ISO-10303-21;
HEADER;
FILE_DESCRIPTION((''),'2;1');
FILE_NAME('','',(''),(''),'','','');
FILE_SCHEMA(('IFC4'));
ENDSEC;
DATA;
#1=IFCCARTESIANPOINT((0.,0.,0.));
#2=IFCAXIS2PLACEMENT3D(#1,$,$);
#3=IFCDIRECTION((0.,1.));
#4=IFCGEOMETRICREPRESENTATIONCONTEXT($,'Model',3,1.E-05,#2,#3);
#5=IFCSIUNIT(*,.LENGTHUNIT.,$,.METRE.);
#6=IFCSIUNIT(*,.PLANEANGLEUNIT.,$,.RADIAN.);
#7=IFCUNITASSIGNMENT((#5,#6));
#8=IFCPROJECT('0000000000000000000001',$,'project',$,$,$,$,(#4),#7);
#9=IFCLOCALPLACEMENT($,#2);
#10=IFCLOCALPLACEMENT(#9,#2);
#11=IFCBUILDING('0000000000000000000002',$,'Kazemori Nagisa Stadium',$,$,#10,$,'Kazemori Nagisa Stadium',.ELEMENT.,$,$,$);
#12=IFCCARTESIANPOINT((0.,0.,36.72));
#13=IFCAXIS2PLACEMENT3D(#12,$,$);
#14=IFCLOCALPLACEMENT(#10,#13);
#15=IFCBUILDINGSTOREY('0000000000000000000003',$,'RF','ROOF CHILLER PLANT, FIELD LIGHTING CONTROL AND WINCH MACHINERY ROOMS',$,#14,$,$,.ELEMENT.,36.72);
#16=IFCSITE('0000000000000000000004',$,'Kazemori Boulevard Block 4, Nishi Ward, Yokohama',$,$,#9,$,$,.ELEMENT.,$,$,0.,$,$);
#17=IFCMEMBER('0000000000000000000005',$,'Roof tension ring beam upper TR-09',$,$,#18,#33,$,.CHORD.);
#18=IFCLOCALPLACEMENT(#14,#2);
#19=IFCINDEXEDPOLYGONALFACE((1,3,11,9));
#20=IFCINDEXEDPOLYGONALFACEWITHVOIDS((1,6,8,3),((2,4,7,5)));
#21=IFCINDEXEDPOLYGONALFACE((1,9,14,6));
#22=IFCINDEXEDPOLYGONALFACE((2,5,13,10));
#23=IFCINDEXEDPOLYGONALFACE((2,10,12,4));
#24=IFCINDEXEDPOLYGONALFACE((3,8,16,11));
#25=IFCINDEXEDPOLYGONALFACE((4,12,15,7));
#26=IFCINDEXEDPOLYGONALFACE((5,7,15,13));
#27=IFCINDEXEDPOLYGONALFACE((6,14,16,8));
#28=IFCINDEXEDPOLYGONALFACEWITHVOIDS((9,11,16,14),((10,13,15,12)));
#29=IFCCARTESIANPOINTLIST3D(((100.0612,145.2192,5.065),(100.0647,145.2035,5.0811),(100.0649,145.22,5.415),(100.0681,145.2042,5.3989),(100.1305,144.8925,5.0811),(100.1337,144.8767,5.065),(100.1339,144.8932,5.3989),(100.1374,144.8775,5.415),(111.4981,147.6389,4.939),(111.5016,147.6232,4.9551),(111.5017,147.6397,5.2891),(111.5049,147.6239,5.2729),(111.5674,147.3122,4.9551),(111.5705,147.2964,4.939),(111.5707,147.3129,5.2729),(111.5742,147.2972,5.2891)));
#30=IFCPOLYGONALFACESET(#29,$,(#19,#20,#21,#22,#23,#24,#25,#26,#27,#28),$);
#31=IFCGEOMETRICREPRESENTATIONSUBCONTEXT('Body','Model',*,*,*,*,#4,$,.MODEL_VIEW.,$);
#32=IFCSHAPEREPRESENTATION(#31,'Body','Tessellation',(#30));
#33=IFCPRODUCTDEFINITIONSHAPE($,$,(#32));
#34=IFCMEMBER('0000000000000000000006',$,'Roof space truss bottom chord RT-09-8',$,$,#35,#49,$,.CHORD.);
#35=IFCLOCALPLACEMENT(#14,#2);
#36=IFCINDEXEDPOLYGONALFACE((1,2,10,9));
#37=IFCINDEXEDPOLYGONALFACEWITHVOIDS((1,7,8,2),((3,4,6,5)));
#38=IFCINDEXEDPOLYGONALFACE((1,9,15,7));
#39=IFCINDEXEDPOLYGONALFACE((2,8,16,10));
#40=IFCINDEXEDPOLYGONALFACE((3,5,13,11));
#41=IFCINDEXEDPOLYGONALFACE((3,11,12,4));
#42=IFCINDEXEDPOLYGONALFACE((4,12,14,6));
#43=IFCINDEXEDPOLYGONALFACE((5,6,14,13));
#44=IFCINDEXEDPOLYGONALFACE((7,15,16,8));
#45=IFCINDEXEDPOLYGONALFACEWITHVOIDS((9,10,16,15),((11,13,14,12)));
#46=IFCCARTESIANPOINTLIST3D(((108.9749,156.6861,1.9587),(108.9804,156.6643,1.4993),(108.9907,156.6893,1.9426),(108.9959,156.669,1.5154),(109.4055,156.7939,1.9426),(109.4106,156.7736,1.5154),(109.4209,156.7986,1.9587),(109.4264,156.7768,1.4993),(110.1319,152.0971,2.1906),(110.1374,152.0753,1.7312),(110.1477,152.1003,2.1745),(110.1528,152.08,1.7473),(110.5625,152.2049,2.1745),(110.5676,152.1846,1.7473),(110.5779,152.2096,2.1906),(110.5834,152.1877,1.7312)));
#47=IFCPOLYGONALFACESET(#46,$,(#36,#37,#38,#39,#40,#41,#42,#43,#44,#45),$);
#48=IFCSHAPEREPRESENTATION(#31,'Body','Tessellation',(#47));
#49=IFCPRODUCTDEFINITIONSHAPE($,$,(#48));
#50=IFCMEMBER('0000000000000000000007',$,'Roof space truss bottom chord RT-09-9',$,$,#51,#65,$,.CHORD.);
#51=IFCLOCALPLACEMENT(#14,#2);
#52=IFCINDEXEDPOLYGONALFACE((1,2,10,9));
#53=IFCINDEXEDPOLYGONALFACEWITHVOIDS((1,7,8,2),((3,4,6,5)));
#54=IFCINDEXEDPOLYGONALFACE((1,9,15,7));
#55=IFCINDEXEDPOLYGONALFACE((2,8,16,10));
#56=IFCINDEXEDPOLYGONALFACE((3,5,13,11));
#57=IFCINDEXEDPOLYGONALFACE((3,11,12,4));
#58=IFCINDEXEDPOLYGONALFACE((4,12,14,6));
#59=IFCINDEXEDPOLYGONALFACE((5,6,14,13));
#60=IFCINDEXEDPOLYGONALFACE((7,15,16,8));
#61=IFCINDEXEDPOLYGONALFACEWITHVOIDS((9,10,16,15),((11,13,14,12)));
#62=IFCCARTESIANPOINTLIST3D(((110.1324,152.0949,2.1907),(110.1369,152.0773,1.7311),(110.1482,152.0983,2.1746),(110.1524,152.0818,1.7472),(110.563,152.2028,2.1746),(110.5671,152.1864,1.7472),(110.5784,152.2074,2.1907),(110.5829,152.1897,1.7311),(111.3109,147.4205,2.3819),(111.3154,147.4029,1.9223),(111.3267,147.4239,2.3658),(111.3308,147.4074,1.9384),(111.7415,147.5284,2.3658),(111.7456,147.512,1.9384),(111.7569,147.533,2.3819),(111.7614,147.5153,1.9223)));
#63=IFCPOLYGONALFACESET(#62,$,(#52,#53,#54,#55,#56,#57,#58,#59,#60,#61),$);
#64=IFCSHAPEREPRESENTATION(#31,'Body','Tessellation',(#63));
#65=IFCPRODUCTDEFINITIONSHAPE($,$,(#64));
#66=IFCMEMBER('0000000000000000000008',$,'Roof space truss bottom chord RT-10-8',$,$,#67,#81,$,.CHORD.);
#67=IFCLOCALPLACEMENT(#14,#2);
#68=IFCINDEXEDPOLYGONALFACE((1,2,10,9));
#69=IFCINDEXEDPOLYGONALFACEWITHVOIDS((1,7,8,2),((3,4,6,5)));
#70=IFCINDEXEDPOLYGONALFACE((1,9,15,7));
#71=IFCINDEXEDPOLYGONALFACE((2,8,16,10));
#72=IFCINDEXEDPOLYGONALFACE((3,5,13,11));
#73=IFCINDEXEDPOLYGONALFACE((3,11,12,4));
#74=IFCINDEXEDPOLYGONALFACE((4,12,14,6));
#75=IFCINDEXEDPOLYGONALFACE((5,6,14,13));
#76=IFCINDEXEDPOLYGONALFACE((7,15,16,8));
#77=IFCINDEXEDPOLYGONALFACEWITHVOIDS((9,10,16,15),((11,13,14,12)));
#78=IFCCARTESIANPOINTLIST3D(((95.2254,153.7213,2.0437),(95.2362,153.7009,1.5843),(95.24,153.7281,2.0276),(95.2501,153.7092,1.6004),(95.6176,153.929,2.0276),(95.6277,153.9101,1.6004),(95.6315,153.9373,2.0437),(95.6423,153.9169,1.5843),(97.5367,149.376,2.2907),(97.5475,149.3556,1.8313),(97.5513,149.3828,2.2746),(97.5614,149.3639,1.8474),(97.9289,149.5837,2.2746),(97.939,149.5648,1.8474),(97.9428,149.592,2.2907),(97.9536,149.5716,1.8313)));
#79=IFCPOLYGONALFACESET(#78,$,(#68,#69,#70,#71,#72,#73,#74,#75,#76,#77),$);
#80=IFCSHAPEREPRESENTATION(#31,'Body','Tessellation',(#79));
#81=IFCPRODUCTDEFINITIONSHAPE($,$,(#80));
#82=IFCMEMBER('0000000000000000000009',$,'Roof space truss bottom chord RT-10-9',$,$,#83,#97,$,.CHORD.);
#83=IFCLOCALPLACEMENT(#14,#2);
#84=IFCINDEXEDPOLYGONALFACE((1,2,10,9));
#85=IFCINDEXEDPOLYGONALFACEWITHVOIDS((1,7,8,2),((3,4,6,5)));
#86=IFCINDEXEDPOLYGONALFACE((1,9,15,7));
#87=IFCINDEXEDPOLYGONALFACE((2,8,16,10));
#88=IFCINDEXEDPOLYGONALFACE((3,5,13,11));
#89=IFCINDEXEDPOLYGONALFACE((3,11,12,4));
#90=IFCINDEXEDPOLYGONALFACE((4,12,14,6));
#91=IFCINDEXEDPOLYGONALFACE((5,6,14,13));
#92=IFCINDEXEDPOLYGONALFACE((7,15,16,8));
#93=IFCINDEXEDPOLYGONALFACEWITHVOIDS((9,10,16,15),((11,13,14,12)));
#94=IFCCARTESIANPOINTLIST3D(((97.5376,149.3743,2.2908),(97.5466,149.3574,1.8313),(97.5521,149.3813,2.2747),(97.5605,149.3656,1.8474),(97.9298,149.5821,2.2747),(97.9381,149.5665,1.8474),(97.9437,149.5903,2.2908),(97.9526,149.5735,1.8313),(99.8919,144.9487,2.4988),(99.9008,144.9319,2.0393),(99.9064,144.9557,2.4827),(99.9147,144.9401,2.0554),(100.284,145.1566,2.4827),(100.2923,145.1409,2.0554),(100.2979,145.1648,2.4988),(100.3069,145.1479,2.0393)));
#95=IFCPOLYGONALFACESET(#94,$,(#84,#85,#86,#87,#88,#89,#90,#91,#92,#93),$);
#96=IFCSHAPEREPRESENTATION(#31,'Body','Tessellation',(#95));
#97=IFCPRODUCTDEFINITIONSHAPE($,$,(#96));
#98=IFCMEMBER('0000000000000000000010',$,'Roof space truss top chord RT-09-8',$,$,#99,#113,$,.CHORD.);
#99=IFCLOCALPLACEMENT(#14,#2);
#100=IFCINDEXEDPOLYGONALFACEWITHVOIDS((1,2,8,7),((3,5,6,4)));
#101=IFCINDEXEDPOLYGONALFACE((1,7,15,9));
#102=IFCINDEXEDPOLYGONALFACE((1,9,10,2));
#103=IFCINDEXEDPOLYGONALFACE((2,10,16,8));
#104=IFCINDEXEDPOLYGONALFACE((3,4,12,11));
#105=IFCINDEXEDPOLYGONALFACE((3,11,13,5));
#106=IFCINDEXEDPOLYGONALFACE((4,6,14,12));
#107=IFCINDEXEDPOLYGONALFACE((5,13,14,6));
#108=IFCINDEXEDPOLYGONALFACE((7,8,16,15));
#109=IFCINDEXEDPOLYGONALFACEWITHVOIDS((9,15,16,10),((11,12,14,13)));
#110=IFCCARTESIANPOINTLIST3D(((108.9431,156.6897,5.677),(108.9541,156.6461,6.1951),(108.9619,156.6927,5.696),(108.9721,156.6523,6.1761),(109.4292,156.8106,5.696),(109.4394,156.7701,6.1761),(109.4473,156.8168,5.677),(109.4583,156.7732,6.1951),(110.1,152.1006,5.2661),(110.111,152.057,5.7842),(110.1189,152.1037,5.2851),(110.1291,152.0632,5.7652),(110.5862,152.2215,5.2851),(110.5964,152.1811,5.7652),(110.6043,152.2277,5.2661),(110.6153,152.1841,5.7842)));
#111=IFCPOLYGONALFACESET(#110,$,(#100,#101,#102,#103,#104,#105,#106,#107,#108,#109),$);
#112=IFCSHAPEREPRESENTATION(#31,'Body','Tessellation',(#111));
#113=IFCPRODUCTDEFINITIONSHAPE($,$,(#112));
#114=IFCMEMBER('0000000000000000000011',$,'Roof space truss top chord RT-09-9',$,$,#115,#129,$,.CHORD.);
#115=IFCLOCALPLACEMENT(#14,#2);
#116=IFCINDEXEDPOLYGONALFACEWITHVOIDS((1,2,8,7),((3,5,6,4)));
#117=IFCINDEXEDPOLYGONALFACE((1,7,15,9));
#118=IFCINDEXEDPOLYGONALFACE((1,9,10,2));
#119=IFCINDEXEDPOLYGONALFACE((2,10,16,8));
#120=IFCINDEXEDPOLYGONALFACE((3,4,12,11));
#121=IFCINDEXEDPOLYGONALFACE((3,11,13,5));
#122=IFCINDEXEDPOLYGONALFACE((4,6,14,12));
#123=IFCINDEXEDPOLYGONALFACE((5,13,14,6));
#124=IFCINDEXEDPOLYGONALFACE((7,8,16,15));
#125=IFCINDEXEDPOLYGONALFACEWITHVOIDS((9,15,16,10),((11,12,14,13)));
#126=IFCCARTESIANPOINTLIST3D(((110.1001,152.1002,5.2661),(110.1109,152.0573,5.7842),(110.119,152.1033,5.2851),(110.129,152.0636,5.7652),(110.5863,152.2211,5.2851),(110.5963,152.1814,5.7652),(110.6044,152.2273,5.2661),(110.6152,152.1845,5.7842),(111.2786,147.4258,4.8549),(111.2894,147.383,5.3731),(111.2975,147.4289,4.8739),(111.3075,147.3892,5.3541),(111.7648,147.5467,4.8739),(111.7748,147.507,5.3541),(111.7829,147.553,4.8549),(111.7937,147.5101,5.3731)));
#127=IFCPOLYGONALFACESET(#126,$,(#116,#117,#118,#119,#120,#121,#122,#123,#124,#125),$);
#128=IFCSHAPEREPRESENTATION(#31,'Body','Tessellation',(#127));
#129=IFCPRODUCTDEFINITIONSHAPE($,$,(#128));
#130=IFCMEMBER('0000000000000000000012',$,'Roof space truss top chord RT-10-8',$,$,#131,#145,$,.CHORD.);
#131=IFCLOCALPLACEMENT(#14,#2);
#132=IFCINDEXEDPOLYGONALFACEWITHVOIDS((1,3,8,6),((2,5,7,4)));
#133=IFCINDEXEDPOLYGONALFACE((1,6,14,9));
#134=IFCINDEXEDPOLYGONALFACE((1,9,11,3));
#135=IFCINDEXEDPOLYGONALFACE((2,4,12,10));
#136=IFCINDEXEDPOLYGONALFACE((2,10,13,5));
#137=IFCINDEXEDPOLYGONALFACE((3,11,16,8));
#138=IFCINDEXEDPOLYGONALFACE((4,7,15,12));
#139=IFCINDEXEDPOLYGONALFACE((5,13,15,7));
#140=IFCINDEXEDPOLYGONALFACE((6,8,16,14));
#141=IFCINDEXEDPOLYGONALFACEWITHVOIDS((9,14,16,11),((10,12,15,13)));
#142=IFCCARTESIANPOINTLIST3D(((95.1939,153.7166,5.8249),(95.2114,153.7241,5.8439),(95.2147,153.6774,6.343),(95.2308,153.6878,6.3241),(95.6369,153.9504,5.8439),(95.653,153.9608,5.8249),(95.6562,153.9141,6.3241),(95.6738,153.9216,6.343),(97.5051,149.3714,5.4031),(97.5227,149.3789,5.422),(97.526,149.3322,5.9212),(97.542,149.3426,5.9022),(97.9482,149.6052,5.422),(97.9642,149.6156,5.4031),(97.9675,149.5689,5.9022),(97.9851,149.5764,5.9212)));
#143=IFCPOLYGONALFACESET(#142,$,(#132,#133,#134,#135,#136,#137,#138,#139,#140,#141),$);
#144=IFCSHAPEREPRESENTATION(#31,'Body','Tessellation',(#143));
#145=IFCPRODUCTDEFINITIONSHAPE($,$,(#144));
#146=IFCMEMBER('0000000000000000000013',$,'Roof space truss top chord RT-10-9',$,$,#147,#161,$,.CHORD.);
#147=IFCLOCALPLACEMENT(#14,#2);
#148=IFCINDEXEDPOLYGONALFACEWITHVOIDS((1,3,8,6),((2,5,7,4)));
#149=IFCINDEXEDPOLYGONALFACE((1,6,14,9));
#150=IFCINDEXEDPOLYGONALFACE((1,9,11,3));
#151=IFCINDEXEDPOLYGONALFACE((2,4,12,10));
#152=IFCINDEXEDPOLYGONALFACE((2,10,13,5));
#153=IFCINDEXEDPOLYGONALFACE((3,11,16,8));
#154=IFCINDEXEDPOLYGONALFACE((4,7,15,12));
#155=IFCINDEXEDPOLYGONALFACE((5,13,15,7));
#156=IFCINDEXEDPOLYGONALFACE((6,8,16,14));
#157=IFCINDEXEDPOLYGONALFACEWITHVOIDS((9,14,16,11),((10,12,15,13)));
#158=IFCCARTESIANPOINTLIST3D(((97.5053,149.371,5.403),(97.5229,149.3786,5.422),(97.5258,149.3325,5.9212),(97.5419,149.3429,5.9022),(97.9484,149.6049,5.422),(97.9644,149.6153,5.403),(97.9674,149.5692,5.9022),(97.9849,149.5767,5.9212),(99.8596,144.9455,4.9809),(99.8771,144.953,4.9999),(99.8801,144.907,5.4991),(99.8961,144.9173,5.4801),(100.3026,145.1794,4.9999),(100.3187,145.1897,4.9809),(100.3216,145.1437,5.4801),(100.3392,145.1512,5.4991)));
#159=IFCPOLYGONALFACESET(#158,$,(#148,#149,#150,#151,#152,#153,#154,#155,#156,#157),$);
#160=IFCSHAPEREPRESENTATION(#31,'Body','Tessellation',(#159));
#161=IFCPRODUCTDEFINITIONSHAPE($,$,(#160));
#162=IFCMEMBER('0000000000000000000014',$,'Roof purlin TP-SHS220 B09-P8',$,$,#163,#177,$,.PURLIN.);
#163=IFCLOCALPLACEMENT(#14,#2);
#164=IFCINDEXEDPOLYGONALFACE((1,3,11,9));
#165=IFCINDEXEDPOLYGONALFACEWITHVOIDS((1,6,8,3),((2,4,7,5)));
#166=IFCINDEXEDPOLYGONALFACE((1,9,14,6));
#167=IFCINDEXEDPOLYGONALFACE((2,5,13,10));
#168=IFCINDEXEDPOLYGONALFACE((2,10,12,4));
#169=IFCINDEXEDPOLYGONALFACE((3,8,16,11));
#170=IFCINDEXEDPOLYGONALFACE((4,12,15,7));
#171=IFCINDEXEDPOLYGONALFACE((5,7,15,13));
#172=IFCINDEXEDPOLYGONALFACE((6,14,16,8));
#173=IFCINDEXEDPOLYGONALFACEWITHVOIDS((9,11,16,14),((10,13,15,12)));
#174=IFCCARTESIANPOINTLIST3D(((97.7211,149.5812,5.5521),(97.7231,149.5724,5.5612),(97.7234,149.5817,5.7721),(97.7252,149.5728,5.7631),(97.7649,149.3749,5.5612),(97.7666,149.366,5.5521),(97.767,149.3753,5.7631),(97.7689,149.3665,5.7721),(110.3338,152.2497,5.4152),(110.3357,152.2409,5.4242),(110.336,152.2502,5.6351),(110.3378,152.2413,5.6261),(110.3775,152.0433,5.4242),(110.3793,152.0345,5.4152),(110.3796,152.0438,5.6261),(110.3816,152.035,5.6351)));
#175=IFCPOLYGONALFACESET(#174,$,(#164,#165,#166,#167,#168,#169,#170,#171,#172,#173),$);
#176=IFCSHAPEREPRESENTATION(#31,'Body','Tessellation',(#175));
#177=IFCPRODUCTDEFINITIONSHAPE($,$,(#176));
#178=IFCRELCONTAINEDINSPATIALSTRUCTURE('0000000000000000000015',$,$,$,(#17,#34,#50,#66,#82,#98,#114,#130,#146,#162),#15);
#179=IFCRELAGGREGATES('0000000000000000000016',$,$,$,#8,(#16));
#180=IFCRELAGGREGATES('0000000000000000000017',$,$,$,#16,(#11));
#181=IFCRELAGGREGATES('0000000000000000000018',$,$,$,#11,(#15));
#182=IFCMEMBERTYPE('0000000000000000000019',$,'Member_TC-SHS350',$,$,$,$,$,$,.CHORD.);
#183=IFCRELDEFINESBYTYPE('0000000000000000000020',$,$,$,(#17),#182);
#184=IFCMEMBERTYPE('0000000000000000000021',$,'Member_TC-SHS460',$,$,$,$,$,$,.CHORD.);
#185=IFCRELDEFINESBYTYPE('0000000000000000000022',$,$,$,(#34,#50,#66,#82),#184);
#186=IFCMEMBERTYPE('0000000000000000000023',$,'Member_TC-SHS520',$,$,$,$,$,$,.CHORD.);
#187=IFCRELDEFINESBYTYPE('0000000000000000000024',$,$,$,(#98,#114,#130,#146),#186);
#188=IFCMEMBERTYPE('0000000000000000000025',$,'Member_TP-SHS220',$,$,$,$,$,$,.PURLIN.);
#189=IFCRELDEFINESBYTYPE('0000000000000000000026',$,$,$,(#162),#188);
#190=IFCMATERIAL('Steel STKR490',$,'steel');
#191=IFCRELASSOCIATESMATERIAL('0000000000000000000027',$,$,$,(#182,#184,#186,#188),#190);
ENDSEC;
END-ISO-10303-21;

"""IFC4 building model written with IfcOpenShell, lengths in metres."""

from ifc_helpers import new_model, si_unit, direction, frame, origin, origin_2d, place, context, subcontext, project, spatial, hollow_rectangle, extrude, material, material_profile, profile_set, type_object, element, save


model = new_model("IFC4")

# Units and contexts
model_context = context("Model", 3, precision=1e-05, world=origin(), true_north=direction((0.0, 1.0)))
body_context = subcontext(model_context, "Body", "Model", "MODEL_VIEW")
ifc_project = project(units=[si_unit("LENGTHUNIT", "METRE"), si_unit("PLANEANGLEUNIT", "RADIAN")], contexts=[model_context])

# Site, building, storey
site_placement = place(None, origin())
site = spatial("IfcSite", under=ifc_project, at=site_placement, Name="Kazemori Boulevard Block 4, Nishi Ward, Yokohama", CompositionType="ELEMENT", RefElevation=0.0)
building_placement = place(site_placement, origin())
building = spatial("IfcBuilding", under=site, at=building_placement, Name="Kazemori Nagisa Stadium", LongName="Kazemori Nagisa Stadium", CompositionType="ELEMENT")
storey_placement = place(building_placement, frame((0.0, 0.0, 36.72)))
storey = spatial("IfcBuildingStorey", under=building, at=storey_placement, Name="RF", Description="ROOF CHILLER PLANT, FIELD LIGHTING CONTROL AND WINCH MACHINERY ROOMS", CompositionType="ELEMENT", Elevation=36.72)

# Members
ifc_material = material(Name="Steel STKR490", Category="steel")
ifc_material_profile_1 = material_profile(ifc_material, hollow_rectangle(XDim=0.3501, YDim=0.3501, WallThickness=0.0161, at=origin_2d()), Name="SHS-350x350x16")
ifc_profile_set_1 = profile_set([ifc_material_profile_1], Name="Steel STKR490")
member_type_1 = type_object("IfcMemberType", Name="Member_TC-SHS350", PredefinedType="CHORD", material=ifc_profile_set_1)
member_1_placement = place(storey_placement, frame((111.5361, 147.468, 5.114), z_axis=(-0.978287, -0.206976, 0.010776), x_axis=(0.206988, -0.978343, 0.0)))
element("IfcMember", 1, at=member_1_placement, inside=storey, type_object=member_type_1, Name="Roof tension ring beam upper TR-09", PredefinedType="CHORD", context=body_context, shape_type="SweptSolid", body=[
    extrude(hollow_rectangle(XDim=0.3501, YDim=0.3501, WallThickness=0.0161, at=origin_2d()), origin(), (0.0, 0.0, 1.0), 11.6907),
])
ifc_material_profile_2 = material_profile(ifc_material, hollow_rectangle(XDim=0.46, YDim=0.46, WallThickness=0.0161, at=origin_2d()), Name="SHS-460x460x16")
ifc_profile_set_2 = profile_set([ifc_material_profile_2], Name="Steel STKR490")
member_type_2 = type_object("IfcMemberType", Name="Member_TC-SHS460", PredefinedType="CHORD", material=ifc_profile_set_2)
member_2_placement = place(storey_placement, frame((109.2007, 156.7314, 1.729), z_axis=(0.244172, -0.968496, 0.048948), x_axis=(0.969658, 0.244465, 0.0)))
element("IfcMember", 2, at=member_2_placement, inside=storey, type_object=member_type_2, Name="Roof space truss bottom chord RT-09-8", PredefinedType="CHORD", context=body_context, shape_type="SweptSolid", body=[
    extrude(hollow_rectangle(XDim=0.46, YDim=0.46, WallThickness=0.0161, at=origin_2d()), origin(), (0.0, 0.0, 1.0), 4.7383),
])
member_3_placement = place(storey_placement, frame((110.3577, 152.1423, 1.9609), z_axis=(0.244274, -0.968896, 0.039624), x_axis=(0.969658, 0.244466, 0.0)))
element("IfcMember", 3, at=member_3_placement, inside=storey, type_object=member_type_2, Name="Roof space truss bottom chord RT-09-9", PredefinedType="CHORD", context=body_context, shape_type="SweptSolid", body=[
    extrude(hollow_rectangle(XDim=0.46, YDim=0.46, WallThickness=0.0161, at=origin_2d()), origin(), (0.0, 0.0, 1.0), 4.8245),
])
member_4_placement = place(storey_placement, frame((95.4338, 153.8191, 1.814), z_axis=(0.469022, -0.881762, 0.050137), x_axis=(0.882873, 0.469612, 0.0)))
element("IfcMember", 4, at=member_4_placement, inside=storey, type_object=member_type_2, Name="Roof space truss bottom chord RT-10-8", PredefinedType="CHORD", context=body_context, shape_type="SweptSolid", body=[
    extrude(hollow_rectangle(XDim=0.46, YDim=0.46, WallThickness=0.0161, at=origin_2d()), origin(), (0.0, 0.0, 1.0), 4.928),
])
member_5_placement = place(storey_placement, frame((97.7451, 149.4739, 2.061), z_axis=(0.469246, -0.882094, 0.04146), x_axis=(0.882853, 0.46965, 0.0)))
element("IfcMember", 5, at=member_5_placement, inside=storey, type_object=member_type_2, Name="Roof space truss bottom chord RT-10-9", PredefinedType="CHORD", context=body_context, shape_type="SweptSolid", body=[
    extrude(hollow_rectangle(XDim=0.46, YDim=0.46, WallThickness=0.0161, at=origin_2d()), origin(), (0.0, 0.0, 1.0), 5.0171),
])
ifc_material_profile_3 = material_profile(ifc_material, hollow_rectangle(XDim=0.52, YDim=0.52, WallThickness=0.019, at=origin_2d()), Name="SHS-520x520x19")
ifc_profile_set_3 = profile_set([ifc_material_profile_3], Name="Steel STKR490")
member_type_3 = type_object("IfcMemberType", Name="Member_TC-SHS520", PredefinedType="CHORD", material=ifc_profile_set_3)
member_6_placement = place(storey_placement, frame((109.2007, 156.7314, 5.936), z_axis=(0.243549, -0.966024, -0.086494), x_axis=(0.969658, 0.244465, 0.0)))
element("IfcMember", 6, at=member_6_placement, inside=storey, type_object=member_type_3, Name="Roof space truss top chord RT-09-8", PredefinedType="CHORD", context=body_context, shape_type="SweptSolid", body=[
    extrude(hollow_rectangle(XDim=0.52, YDim=0.52, WallThickness=0.019, at=origin_2d()), origin(), (0.0, 0.0, 1.0), 4.7505),
])
member_7_placement = place(storey_placement, frame((110.3577, 152.1423, 5.5251), z_axis=(0.243581, -0.966151, -0.084978), x_axis=(0.969658, 0.244466, 0.0)))
element("IfcMember", 7, at=member_7_placement, inside=storey, type_object=member_type_3, Name="Roof space truss top chord RT-09-9", PredefinedType="CHORD", context=body_context, shape_type="SweptSolid", body=[
    extrude(hollow_rectangle(XDim=0.52, YDim=0.52, WallThickness=0.019, at=origin_2d()), origin(), (0.0, 0.0, 1.0), 4.8381),
])
member_8_placement = place(storey_placement, frame((95.4338, 153.8191, 6.084), z_axis=(0.467896, -0.879647, -0.085405), x_axis=(0.882873, 0.469612, 0.0)))
element("IfcMember", 8, at=member_8_placement, inside=storey, type_object=member_type_3, Name="Roof space truss top chord RT-10-8", PredefinedType="CHORD", context=body_context, shape_type="SweptSolid", body=[
    extrude(hollow_rectangle(XDim=0.52, YDim=0.52, WallThickness=0.019, at=origin_2d()), origin(), (0.0, 0.0, 1.0), 4.9397),
])
member_9_placement = place(storey_placement, frame((97.7451, 149.4739, 5.6621), z_axis=(0.467994, -0.879739, -0.083912), x_axis=(0.882853, 0.46965, 0.0)))
element("IfcMember", 9, at=member_9_placement, inside=storey, type_object=member_type_3, Name="Roof space truss top chord RT-10-9", PredefinedType="CHORD", context=body_context, shape_type="SweptSolid", body=[
    extrude(hollow_rectangle(XDim=0.52, YDim=0.52, WallThickness=0.019, at=origin_2d()), origin(), (0.0, 0.0, 1.0), 5.0305),
])
ifc_material_profile_4 = material_profile(ifc_material, hollow_rectangle(XDim=0.22, YDim=0.22, WallThickness=0.009, at=origin_2d()), Name="SHS-220x220x9")
ifc_profile_set_4 = profile_set([ifc_material_profile_4], Name="Steel STKR490")
member_type_4 = type_object("IfcMemberType", Name="Member_TP-SHS220", PredefinedType="PURLIN", material=ifc_profile_set_4)
member_10_placement = place(storey_placement, frame((110.3577, 152.1423, 5.5251), z_axis=(-0.978288, -0.206978, 0.010623), x_axis=(0.20699, -0.978343, 0.0)))
element("IfcMember", 10, at=member_10_placement, inside=storey, type_object=member_type_4, Name="Roof purlin TP-SHS220 B09-P8", PredefinedType="PURLIN", context=body_context, shape_type="SweptSolid", body=[
    extrude(hollow_rectangle(XDim=0.22, YDim=0.22, WallThickness=0.009, at=origin_2d()), origin(), (0.0, 0.0, 1.0), 12.8926),
])

save(model, "model.ifc")
